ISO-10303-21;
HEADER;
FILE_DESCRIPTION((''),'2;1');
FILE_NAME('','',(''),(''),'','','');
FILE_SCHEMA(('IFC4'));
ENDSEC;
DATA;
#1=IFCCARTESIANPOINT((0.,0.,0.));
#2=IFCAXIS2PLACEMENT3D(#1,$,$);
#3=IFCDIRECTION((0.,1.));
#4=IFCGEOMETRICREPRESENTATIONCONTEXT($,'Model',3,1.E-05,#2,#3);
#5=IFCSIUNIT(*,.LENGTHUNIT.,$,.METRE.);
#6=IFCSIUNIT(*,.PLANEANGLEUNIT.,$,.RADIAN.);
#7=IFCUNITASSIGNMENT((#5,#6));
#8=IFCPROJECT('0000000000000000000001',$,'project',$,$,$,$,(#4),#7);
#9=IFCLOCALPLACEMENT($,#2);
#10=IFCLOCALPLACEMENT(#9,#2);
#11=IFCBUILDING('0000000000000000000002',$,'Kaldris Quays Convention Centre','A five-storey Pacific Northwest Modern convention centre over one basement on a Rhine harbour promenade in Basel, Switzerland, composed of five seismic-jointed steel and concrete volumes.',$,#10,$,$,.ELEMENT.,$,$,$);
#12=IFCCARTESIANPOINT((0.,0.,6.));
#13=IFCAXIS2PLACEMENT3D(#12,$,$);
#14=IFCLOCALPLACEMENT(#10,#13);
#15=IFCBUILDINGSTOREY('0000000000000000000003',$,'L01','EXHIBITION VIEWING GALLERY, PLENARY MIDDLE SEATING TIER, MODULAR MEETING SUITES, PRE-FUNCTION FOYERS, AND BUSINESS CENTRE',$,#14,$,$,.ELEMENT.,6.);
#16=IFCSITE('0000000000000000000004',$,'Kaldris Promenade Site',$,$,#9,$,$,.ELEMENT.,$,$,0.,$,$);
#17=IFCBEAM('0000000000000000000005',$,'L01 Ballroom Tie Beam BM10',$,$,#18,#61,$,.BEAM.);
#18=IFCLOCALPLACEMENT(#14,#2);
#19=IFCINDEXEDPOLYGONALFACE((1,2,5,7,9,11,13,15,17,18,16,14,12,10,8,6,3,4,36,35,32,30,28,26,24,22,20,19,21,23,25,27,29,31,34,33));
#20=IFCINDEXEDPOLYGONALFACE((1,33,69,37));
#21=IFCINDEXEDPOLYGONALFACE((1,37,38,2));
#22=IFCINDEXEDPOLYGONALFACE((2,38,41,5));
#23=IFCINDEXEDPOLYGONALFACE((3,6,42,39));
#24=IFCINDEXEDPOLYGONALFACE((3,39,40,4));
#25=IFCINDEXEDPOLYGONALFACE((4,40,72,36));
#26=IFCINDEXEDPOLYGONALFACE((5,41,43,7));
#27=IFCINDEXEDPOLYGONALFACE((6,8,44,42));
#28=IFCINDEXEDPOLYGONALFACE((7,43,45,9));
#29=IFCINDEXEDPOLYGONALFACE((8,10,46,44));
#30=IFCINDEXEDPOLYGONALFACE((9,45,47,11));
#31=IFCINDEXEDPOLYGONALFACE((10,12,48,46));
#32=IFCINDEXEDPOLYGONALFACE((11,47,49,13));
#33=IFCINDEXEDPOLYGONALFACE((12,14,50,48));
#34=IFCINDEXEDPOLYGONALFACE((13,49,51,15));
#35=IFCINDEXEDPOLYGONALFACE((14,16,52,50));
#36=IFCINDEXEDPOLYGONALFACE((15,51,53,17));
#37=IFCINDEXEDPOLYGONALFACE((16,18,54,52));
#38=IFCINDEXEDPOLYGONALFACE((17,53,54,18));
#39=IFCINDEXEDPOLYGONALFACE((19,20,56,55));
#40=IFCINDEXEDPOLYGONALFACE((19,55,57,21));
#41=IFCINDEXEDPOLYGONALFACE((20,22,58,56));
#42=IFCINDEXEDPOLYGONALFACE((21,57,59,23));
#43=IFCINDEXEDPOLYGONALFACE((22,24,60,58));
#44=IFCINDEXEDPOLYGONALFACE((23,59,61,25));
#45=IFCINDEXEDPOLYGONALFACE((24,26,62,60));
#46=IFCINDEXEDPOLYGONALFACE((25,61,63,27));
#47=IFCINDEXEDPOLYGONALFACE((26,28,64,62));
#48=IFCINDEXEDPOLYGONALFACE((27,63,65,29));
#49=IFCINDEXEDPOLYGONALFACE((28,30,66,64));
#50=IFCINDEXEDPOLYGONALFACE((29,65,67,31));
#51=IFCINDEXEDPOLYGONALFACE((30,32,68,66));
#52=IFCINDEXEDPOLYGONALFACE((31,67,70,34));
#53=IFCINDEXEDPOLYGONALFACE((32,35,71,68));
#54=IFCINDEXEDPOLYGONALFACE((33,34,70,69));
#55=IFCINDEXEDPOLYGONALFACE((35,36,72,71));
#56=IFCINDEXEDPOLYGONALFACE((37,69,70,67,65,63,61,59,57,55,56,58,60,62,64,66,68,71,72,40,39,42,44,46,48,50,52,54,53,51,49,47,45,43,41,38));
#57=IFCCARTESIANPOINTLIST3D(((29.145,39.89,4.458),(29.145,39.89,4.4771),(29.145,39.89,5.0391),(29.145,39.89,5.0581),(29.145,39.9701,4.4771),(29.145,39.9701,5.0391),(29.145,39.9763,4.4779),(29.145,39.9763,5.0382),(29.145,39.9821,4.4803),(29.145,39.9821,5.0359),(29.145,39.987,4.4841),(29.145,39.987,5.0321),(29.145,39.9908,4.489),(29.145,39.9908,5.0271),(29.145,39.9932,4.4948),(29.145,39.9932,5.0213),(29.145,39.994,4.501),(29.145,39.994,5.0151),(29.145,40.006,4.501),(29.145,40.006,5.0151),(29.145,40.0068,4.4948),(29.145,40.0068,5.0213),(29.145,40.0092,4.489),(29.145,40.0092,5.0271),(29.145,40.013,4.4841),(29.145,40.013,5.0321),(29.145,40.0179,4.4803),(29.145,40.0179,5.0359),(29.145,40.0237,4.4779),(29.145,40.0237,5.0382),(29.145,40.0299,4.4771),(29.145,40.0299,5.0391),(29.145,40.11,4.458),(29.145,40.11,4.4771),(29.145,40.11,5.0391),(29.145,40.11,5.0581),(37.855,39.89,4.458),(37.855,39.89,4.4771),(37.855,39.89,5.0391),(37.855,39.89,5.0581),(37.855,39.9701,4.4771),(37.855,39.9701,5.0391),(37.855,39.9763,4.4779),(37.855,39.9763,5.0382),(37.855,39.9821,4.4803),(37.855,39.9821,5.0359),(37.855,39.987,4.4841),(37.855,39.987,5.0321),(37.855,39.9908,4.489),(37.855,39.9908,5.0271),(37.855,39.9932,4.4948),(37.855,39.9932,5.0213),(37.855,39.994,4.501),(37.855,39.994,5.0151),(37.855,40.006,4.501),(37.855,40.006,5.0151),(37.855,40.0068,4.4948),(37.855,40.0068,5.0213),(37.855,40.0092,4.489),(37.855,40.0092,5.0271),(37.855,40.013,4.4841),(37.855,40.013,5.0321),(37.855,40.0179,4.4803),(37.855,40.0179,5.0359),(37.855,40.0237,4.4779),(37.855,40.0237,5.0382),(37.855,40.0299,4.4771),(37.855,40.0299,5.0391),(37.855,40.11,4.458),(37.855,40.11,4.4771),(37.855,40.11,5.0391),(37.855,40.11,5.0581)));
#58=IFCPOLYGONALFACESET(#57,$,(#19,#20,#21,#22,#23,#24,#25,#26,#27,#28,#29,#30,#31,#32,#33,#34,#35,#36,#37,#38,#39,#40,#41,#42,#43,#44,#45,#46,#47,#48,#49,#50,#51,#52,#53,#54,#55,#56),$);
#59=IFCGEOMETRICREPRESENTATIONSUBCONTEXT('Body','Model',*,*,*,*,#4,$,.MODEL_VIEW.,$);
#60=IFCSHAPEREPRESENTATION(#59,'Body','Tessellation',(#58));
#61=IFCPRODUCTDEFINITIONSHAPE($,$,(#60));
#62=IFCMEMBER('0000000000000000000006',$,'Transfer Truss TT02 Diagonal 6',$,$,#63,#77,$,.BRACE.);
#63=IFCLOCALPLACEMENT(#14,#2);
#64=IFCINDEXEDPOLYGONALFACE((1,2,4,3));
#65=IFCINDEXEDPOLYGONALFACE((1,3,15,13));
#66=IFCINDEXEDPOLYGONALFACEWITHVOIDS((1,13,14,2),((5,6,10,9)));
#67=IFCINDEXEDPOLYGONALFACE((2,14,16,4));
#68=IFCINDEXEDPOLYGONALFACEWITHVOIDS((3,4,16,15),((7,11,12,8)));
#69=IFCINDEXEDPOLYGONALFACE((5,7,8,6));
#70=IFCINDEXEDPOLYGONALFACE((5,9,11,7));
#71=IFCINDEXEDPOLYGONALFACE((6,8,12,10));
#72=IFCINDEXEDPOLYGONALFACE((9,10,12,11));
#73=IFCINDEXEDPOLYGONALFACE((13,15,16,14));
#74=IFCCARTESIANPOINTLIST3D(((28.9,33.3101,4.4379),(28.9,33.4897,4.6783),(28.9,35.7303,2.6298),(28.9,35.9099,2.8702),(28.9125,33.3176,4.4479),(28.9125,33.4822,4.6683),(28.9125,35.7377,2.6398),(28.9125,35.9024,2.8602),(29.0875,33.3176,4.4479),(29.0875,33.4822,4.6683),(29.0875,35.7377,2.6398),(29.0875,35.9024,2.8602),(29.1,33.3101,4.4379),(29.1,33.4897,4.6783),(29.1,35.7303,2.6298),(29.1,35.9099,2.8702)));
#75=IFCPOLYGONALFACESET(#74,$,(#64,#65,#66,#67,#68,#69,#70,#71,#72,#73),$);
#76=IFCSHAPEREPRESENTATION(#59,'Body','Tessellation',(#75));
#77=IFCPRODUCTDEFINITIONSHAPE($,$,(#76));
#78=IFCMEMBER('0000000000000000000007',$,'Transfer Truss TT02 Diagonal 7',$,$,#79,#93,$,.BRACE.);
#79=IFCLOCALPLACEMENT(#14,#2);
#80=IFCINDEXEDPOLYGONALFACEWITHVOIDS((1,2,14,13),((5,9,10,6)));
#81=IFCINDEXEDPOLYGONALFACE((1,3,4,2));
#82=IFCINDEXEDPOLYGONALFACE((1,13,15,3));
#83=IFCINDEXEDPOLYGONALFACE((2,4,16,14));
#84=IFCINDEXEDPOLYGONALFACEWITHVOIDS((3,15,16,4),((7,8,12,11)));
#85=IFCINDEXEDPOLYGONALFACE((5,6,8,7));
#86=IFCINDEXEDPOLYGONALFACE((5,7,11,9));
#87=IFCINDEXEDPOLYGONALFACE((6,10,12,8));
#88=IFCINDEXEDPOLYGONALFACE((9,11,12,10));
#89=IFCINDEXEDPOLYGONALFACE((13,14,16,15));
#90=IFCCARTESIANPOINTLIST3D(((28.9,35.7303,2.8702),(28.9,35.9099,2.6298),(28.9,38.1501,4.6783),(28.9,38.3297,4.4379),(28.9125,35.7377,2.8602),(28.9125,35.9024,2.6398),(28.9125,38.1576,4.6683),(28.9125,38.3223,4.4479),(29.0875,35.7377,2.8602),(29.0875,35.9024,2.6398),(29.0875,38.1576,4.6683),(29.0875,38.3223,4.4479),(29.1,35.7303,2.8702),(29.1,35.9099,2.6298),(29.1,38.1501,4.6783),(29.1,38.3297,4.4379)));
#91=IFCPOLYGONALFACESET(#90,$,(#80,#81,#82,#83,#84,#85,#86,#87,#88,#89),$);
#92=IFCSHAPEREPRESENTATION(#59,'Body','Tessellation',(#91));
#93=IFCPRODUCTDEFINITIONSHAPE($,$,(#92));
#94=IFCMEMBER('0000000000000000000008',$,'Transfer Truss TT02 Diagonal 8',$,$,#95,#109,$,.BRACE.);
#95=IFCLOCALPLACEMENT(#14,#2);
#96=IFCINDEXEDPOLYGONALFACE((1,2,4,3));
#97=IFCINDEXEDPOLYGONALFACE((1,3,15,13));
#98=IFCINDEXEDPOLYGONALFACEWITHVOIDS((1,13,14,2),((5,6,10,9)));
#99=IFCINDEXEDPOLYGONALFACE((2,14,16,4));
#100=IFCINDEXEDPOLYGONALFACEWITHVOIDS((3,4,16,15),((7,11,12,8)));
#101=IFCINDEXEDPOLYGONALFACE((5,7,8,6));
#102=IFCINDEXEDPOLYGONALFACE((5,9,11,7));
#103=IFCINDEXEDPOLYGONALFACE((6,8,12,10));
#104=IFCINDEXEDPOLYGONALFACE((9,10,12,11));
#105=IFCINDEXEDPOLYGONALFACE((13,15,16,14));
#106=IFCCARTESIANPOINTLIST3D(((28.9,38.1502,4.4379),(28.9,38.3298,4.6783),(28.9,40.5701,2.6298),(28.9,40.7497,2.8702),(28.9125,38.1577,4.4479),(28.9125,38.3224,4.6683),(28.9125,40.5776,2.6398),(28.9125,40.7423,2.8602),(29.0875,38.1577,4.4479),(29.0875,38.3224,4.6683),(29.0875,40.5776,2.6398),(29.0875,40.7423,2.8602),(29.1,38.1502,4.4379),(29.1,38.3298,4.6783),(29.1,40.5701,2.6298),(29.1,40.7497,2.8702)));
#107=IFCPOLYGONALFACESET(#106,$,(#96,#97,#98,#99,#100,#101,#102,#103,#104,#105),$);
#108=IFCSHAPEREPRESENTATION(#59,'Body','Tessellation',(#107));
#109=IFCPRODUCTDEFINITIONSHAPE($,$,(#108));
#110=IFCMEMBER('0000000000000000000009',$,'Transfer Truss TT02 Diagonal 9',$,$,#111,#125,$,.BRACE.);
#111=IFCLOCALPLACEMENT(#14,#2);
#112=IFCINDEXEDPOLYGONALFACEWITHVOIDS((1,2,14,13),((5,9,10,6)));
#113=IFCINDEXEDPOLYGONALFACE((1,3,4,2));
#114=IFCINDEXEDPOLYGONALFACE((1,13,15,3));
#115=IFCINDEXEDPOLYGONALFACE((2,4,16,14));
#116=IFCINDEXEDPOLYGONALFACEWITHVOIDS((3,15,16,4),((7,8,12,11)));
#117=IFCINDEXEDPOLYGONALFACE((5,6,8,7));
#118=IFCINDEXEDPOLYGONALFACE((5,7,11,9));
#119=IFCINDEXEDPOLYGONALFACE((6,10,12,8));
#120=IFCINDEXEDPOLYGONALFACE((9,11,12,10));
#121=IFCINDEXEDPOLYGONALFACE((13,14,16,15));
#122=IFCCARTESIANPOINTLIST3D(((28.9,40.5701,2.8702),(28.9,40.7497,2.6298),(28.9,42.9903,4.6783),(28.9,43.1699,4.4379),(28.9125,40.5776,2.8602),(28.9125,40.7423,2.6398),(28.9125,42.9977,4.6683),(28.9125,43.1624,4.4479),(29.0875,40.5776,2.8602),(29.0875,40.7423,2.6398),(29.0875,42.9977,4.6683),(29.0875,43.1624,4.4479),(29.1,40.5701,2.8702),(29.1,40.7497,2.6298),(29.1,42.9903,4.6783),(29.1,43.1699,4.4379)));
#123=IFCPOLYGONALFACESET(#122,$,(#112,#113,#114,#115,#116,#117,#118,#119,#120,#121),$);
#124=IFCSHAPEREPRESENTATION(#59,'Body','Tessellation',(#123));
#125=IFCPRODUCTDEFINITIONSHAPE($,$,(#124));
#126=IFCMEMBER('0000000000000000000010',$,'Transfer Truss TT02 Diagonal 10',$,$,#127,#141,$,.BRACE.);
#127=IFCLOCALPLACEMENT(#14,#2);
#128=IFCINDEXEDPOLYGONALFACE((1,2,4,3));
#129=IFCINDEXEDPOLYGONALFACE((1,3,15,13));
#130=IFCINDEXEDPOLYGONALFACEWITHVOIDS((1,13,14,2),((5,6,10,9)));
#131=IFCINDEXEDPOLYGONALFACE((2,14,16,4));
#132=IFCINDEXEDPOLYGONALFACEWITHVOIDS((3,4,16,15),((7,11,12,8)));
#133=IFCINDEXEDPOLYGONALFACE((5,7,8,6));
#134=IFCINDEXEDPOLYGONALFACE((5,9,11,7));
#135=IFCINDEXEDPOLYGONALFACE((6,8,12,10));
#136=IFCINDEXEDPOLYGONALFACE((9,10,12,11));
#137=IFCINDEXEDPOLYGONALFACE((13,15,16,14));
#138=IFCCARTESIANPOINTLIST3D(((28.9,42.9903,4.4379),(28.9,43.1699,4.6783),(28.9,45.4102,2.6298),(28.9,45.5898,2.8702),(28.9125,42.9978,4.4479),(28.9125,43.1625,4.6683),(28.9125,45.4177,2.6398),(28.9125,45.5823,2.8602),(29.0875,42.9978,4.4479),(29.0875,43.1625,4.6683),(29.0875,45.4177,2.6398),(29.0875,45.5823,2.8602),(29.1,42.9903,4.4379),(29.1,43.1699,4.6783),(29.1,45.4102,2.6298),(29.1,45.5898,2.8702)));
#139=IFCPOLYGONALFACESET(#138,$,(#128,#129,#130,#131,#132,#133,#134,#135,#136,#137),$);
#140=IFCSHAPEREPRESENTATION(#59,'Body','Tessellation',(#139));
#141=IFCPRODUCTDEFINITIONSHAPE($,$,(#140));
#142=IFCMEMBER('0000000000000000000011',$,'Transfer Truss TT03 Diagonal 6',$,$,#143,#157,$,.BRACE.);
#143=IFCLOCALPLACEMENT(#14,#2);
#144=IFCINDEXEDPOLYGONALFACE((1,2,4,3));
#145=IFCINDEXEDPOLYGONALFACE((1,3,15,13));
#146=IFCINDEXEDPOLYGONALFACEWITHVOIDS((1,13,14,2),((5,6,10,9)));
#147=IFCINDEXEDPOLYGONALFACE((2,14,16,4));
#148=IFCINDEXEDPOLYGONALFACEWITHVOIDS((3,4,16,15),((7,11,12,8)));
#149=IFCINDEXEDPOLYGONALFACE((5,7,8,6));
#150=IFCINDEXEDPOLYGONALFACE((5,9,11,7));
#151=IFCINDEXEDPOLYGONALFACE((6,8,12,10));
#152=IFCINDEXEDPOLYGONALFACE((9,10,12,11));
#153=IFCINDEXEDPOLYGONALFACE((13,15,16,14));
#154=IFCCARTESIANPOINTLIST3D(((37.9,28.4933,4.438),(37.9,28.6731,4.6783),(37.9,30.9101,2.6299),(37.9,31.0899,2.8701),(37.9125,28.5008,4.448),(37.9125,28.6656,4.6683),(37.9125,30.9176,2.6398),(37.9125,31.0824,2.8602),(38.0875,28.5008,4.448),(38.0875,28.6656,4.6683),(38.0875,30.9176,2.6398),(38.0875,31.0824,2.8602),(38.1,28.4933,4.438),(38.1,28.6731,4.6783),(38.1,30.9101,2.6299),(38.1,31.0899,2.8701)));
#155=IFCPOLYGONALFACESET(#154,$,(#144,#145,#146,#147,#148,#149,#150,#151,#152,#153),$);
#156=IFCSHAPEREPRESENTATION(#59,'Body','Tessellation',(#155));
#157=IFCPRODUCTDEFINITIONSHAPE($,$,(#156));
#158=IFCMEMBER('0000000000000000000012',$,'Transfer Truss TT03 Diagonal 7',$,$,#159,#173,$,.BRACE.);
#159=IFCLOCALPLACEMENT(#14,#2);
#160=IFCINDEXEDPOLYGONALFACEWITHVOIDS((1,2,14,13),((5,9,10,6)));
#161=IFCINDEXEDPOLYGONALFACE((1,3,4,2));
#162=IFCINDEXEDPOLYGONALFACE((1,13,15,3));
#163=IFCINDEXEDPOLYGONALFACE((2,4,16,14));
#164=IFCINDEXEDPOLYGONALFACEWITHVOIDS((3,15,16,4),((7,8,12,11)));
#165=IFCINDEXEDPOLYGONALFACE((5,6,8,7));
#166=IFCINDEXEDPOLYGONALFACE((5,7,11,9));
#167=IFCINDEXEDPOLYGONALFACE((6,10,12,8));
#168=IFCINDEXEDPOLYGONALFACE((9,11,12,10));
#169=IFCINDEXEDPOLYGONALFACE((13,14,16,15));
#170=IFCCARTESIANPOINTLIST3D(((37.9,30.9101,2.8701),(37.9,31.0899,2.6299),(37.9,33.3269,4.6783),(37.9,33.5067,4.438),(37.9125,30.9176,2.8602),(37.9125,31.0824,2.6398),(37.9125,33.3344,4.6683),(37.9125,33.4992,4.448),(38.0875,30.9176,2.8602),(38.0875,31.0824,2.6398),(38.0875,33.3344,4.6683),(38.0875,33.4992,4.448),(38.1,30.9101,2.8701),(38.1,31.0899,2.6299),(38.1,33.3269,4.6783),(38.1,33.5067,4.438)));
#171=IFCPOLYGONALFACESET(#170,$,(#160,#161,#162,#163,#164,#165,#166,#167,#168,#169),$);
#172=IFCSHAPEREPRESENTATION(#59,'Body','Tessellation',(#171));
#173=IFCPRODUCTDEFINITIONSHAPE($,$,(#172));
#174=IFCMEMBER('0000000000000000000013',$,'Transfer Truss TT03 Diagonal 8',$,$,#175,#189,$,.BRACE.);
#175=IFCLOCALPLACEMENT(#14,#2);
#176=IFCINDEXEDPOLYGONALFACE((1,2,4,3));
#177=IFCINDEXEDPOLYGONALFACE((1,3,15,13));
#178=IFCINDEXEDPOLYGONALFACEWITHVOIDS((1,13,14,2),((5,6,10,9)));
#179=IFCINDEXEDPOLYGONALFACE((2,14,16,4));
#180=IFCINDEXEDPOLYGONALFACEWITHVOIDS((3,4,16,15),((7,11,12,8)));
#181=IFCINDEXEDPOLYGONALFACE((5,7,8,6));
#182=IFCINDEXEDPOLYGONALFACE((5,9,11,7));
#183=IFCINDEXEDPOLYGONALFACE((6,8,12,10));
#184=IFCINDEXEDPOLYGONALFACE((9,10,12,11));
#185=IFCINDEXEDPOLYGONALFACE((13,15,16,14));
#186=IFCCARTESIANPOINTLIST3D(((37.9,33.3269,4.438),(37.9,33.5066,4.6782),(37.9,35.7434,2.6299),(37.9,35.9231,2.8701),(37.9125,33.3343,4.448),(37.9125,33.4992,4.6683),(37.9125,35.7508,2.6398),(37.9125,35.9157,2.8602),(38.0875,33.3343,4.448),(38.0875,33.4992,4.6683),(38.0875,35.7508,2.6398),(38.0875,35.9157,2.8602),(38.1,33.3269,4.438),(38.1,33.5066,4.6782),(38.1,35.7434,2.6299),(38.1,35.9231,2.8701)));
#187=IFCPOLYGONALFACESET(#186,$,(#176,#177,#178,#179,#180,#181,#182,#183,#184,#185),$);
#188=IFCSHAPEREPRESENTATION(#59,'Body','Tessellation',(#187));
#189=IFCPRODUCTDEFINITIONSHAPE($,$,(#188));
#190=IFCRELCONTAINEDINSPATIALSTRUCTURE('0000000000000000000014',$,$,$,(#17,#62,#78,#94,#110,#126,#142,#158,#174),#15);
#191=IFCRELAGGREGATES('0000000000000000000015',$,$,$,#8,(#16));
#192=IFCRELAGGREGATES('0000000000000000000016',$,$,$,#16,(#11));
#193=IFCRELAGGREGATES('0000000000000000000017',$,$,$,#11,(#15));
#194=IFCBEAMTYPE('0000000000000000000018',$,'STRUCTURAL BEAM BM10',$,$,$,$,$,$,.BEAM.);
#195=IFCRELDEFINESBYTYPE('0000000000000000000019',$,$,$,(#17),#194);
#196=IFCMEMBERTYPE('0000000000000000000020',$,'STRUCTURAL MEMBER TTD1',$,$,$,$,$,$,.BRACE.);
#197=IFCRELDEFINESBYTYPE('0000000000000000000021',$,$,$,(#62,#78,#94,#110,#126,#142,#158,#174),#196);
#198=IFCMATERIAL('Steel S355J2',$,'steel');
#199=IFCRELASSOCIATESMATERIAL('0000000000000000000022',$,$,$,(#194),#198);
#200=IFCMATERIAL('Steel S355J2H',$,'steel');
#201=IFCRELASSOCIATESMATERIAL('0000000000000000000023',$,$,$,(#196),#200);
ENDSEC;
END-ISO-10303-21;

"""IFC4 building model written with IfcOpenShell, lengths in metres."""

from ifc_helpers import new_model, si_unit, direction, frame, origin, origin_2d, place, context, subcontext, project, spatial, hollow_rectangle, i_section, extrude, material, material_profile, profile_set, type_object, element, save


model = new_model("IFC4")

# Units and contexts
model_context = context("Model", 3, precision=1e-05, world=origin(), true_north=direction((0.0, 1.0)))
body_context = subcontext(model_context, "Body", "Model", "MODEL_VIEW")
ifc_project = project(units=[si_unit("LENGTHUNIT", "METRE"), si_unit("PLANEANGLEUNIT", "RADIAN")], contexts=[model_context])

# Site, building, storey
site_placement = place(None, origin())
site = spatial("IfcSite", under=ifc_project, at=site_placement, Name="Kaldris Promenade Site", CompositionType="ELEMENT", RefElevation=0.0)
building_placement = place(site_placement, origin())
building = spatial("IfcBuilding", under=site, at=building_placement, Name="Kaldris Quays Convention Centre", Description="A five-storey Pacific Northwest Modern convention centre over one basement on a Rhine harbour promenade in Basel, Switzerland, composed of five seismic-jointed steel and concrete volumes.", CompositionType="ELEMENT")
storey_placement = place(building_placement, frame((0.0, 0.0, 6.0)))
storey = spatial("IfcBuildingStorey", under=building, at=storey_placement, Name="L01", Description="EXHIBITION VIEWING GALLERY, PLENARY MIDDLE SEATING TIER, MODULAR MEETING SUITES, PRE-FUNCTION FOYERS, AND BUSINESS CENTRE", CompositionType="ELEMENT", Elevation=6.0)

# Beam
ifc_material_1 = material(Name="Steel S355J2", Category="steel")
ifc_material_profile_1 = material_profile(ifc_material_1, i_section(OverallWidth=0.22, OverallDepth=0.6001, WebThickness=0.012, FlangeThickness=0.019, FilletRadius=0.0239, at=origin_2d()), Name="IPE 600")
ifc_profile_set_1 = profile_set([ifc_material_profile_1], Name="Steel S355J2")
beam_type = type_object("IfcBeamType", Name="STRUCTURAL BEAM BM10", PredefinedType="BEAM", material=ifc_profile_set_1)
for number, where, z_axis, x_axis, name in (
    (1, (29.145, 40.0, 4.7581), (1.0, 0.0, 0.0), (0.0, 1.0, 0.0), "L01 Ballroom Tie Beam BM10"),
):
    element("IfcBeam", number, at=place(storey_placement, frame(where, z_axis=z_axis, x_axis=x_axis)), inside=storey, type_object=beam_type, Name=name, PredefinedType="BEAM", context=body_context, shape_type="SweptSolid", body=[
        extrude(i_section(OverallWidth=0.22, OverallDepth=0.6001, WebThickness=0.012, FlangeThickness=0.019, FilletRadius=0.0239, at=origin_2d()), origin(), (0.0, 0.0, 1.0), 8.71),
    ])

# Members
ifc_material_2 = material(Name="Steel S355J2H", Category="steel")
ifc_material_profile_2 = material_profile(ifc_material_2, hollow_rectangle(XDim=0.2, YDim=0.3, WallThickness=0.0125, at=origin_2d()), Name="RHS 300x200x12.5")
ifc_profile_set_2 = profile_set([ifc_material_profile_2], Name="Steel S355J2H")
member_type_1 = type_object("IfcMemberType", Name="STRUCTURAL MEMBER TTD1", PredefinedType="BRACE", material=ifc_profile_set_2)
member_1_placement = place(storey_placement, frame((29.0, 35.8201, 2.75), z_axis=(0.0, -0.801114, 0.598512), x_axis=(1.0, 0.0, 0.0)))
element("IfcMember", 2, at=member_1_placement, inside=storey, type_object=member_type_1, Name="Transfer Truss TT02 Diagonal 6", PredefinedType="BRACE", context=body_context, shape_type="SweptSolid", body=[
    extrude(hollow_rectangle(XDim=0.2, YDim=0.3, WallThickness=0.0125, at=origin_2d()), origin(), (0.0, 0.0, 1.0), 3.021),
])
for number, where, z_axis, x_axis, name in (
    (3, (29.0, 35.8201, 2.75), (0.0, 0.801085, 0.598551), (-1.0, 0.0, 0.0), "Transfer Truss TT02 Diagonal 7"),
    (4, (29.0, 40.6599, 2.75), (0.0, -0.801085, 0.598551), (1.0, 0.0, 0.0), "Transfer Truss TT02 Diagonal 8"),
):
    element("IfcMember", number, at=place(storey_placement, frame(where, z_axis=z_axis, x_axis=x_axis)), inside=storey, type_object=member_type_1, Name=name, PredefinedType="BRACE", context=body_context, shape_type="SweptSolid", body=[
        extrude(hollow_rectangle(XDim=0.2, YDim=0.3, WallThickness=0.0125, at=origin_2d()), origin(), (0.0, 0.0, 1.0), 3.0208),
    ])
member_2_placement = place(storey_placement, frame((29.0, 40.6599, 2.75), z_axis=(0.0, 0.801114, 0.598512), x_axis=(-1.0, 0.0, 0.0)))
element("IfcMember", 5, at=member_2_placement, inside=storey, type_object=member_type_1, Name="Transfer Truss TT02 Diagonal 9", PredefinedType="BRACE", context=body_context, shape_type="SweptSolid", body=[
    extrude(hollow_rectangle(XDim=0.2, YDim=0.3, WallThickness=0.0125, at=origin_2d()), origin(), (0.0, 0.0, 1.0), 3.021),
])
member_3_placement = place(storey_placement, frame((29.0, 45.5, 2.75), z_axis=(0.0, -0.801085, 0.598551), x_axis=(1.0, 0.0, 0.0)))
element("IfcMember", 6, at=member_3_placement, inside=storey, type_object=member_type_1, Name="Transfer Truss TT02 Diagonal 10", PredefinedType="BRACE", context=body_context, shape_type="SweptSolid", body=[
    extrude(hollow_rectangle(XDim=0.2, YDim=0.3, WallThickness=0.0125, at=origin_2d()), origin(), (0.0, 0.0, 1.0), 3.0208),
])
for number, where, z_axis, x_axis, name in (
    (7, (38.0, 31.0, 2.75), (0.0, -0.800708, 0.599055), (1.0, 0.0, 0.0), "Transfer Truss TT03 Diagonal 6"),
    (8, (38.0, 31.0, 2.75), (0.0, 0.800708, 0.599055), (-1.0, 0.0, 0.0), "Transfer Truss TT03 Diagonal 7"),
):
    element("IfcMember", number, at=place(storey_placement, frame(where, z_axis=z_axis, x_axis=x_axis)), inside=storey, type_object=member_type_1, Name=name, PredefinedType="BRACE", context=body_context, shape_type="SweptSolid", body=[
        extrude(hollow_rectangle(XDim=0.2, YDim=0.3, WallThickness=0.0125, at=origin_2d()), origin(), (0.0, 0.0, 1.0), 3.0183),
    ])
member_4_placement = place(storey_placement, frame((38.0, 35.8333, 2.75), z_axis=(0.0, -0.800679, 0.599094), x_axis=(1.0, 0.0, 0.0)))
element("IfcMember", 9, at=member_4_placement, inside=storey, type_object=member_type_1, Name="Transfer Truss TT03 Diagonal 8", PredefinedType="BRACE", context=body_context, shape_type="SweptSolid", body=[
    extrude(hollow_rectangle(XDim=0.2, YDim=0.3, WallThickness=0.0125, at=origin_2d()), origin(), (0.0, 0.0, 1.0), 3.0181),
])

save(model, "model.ifc")
